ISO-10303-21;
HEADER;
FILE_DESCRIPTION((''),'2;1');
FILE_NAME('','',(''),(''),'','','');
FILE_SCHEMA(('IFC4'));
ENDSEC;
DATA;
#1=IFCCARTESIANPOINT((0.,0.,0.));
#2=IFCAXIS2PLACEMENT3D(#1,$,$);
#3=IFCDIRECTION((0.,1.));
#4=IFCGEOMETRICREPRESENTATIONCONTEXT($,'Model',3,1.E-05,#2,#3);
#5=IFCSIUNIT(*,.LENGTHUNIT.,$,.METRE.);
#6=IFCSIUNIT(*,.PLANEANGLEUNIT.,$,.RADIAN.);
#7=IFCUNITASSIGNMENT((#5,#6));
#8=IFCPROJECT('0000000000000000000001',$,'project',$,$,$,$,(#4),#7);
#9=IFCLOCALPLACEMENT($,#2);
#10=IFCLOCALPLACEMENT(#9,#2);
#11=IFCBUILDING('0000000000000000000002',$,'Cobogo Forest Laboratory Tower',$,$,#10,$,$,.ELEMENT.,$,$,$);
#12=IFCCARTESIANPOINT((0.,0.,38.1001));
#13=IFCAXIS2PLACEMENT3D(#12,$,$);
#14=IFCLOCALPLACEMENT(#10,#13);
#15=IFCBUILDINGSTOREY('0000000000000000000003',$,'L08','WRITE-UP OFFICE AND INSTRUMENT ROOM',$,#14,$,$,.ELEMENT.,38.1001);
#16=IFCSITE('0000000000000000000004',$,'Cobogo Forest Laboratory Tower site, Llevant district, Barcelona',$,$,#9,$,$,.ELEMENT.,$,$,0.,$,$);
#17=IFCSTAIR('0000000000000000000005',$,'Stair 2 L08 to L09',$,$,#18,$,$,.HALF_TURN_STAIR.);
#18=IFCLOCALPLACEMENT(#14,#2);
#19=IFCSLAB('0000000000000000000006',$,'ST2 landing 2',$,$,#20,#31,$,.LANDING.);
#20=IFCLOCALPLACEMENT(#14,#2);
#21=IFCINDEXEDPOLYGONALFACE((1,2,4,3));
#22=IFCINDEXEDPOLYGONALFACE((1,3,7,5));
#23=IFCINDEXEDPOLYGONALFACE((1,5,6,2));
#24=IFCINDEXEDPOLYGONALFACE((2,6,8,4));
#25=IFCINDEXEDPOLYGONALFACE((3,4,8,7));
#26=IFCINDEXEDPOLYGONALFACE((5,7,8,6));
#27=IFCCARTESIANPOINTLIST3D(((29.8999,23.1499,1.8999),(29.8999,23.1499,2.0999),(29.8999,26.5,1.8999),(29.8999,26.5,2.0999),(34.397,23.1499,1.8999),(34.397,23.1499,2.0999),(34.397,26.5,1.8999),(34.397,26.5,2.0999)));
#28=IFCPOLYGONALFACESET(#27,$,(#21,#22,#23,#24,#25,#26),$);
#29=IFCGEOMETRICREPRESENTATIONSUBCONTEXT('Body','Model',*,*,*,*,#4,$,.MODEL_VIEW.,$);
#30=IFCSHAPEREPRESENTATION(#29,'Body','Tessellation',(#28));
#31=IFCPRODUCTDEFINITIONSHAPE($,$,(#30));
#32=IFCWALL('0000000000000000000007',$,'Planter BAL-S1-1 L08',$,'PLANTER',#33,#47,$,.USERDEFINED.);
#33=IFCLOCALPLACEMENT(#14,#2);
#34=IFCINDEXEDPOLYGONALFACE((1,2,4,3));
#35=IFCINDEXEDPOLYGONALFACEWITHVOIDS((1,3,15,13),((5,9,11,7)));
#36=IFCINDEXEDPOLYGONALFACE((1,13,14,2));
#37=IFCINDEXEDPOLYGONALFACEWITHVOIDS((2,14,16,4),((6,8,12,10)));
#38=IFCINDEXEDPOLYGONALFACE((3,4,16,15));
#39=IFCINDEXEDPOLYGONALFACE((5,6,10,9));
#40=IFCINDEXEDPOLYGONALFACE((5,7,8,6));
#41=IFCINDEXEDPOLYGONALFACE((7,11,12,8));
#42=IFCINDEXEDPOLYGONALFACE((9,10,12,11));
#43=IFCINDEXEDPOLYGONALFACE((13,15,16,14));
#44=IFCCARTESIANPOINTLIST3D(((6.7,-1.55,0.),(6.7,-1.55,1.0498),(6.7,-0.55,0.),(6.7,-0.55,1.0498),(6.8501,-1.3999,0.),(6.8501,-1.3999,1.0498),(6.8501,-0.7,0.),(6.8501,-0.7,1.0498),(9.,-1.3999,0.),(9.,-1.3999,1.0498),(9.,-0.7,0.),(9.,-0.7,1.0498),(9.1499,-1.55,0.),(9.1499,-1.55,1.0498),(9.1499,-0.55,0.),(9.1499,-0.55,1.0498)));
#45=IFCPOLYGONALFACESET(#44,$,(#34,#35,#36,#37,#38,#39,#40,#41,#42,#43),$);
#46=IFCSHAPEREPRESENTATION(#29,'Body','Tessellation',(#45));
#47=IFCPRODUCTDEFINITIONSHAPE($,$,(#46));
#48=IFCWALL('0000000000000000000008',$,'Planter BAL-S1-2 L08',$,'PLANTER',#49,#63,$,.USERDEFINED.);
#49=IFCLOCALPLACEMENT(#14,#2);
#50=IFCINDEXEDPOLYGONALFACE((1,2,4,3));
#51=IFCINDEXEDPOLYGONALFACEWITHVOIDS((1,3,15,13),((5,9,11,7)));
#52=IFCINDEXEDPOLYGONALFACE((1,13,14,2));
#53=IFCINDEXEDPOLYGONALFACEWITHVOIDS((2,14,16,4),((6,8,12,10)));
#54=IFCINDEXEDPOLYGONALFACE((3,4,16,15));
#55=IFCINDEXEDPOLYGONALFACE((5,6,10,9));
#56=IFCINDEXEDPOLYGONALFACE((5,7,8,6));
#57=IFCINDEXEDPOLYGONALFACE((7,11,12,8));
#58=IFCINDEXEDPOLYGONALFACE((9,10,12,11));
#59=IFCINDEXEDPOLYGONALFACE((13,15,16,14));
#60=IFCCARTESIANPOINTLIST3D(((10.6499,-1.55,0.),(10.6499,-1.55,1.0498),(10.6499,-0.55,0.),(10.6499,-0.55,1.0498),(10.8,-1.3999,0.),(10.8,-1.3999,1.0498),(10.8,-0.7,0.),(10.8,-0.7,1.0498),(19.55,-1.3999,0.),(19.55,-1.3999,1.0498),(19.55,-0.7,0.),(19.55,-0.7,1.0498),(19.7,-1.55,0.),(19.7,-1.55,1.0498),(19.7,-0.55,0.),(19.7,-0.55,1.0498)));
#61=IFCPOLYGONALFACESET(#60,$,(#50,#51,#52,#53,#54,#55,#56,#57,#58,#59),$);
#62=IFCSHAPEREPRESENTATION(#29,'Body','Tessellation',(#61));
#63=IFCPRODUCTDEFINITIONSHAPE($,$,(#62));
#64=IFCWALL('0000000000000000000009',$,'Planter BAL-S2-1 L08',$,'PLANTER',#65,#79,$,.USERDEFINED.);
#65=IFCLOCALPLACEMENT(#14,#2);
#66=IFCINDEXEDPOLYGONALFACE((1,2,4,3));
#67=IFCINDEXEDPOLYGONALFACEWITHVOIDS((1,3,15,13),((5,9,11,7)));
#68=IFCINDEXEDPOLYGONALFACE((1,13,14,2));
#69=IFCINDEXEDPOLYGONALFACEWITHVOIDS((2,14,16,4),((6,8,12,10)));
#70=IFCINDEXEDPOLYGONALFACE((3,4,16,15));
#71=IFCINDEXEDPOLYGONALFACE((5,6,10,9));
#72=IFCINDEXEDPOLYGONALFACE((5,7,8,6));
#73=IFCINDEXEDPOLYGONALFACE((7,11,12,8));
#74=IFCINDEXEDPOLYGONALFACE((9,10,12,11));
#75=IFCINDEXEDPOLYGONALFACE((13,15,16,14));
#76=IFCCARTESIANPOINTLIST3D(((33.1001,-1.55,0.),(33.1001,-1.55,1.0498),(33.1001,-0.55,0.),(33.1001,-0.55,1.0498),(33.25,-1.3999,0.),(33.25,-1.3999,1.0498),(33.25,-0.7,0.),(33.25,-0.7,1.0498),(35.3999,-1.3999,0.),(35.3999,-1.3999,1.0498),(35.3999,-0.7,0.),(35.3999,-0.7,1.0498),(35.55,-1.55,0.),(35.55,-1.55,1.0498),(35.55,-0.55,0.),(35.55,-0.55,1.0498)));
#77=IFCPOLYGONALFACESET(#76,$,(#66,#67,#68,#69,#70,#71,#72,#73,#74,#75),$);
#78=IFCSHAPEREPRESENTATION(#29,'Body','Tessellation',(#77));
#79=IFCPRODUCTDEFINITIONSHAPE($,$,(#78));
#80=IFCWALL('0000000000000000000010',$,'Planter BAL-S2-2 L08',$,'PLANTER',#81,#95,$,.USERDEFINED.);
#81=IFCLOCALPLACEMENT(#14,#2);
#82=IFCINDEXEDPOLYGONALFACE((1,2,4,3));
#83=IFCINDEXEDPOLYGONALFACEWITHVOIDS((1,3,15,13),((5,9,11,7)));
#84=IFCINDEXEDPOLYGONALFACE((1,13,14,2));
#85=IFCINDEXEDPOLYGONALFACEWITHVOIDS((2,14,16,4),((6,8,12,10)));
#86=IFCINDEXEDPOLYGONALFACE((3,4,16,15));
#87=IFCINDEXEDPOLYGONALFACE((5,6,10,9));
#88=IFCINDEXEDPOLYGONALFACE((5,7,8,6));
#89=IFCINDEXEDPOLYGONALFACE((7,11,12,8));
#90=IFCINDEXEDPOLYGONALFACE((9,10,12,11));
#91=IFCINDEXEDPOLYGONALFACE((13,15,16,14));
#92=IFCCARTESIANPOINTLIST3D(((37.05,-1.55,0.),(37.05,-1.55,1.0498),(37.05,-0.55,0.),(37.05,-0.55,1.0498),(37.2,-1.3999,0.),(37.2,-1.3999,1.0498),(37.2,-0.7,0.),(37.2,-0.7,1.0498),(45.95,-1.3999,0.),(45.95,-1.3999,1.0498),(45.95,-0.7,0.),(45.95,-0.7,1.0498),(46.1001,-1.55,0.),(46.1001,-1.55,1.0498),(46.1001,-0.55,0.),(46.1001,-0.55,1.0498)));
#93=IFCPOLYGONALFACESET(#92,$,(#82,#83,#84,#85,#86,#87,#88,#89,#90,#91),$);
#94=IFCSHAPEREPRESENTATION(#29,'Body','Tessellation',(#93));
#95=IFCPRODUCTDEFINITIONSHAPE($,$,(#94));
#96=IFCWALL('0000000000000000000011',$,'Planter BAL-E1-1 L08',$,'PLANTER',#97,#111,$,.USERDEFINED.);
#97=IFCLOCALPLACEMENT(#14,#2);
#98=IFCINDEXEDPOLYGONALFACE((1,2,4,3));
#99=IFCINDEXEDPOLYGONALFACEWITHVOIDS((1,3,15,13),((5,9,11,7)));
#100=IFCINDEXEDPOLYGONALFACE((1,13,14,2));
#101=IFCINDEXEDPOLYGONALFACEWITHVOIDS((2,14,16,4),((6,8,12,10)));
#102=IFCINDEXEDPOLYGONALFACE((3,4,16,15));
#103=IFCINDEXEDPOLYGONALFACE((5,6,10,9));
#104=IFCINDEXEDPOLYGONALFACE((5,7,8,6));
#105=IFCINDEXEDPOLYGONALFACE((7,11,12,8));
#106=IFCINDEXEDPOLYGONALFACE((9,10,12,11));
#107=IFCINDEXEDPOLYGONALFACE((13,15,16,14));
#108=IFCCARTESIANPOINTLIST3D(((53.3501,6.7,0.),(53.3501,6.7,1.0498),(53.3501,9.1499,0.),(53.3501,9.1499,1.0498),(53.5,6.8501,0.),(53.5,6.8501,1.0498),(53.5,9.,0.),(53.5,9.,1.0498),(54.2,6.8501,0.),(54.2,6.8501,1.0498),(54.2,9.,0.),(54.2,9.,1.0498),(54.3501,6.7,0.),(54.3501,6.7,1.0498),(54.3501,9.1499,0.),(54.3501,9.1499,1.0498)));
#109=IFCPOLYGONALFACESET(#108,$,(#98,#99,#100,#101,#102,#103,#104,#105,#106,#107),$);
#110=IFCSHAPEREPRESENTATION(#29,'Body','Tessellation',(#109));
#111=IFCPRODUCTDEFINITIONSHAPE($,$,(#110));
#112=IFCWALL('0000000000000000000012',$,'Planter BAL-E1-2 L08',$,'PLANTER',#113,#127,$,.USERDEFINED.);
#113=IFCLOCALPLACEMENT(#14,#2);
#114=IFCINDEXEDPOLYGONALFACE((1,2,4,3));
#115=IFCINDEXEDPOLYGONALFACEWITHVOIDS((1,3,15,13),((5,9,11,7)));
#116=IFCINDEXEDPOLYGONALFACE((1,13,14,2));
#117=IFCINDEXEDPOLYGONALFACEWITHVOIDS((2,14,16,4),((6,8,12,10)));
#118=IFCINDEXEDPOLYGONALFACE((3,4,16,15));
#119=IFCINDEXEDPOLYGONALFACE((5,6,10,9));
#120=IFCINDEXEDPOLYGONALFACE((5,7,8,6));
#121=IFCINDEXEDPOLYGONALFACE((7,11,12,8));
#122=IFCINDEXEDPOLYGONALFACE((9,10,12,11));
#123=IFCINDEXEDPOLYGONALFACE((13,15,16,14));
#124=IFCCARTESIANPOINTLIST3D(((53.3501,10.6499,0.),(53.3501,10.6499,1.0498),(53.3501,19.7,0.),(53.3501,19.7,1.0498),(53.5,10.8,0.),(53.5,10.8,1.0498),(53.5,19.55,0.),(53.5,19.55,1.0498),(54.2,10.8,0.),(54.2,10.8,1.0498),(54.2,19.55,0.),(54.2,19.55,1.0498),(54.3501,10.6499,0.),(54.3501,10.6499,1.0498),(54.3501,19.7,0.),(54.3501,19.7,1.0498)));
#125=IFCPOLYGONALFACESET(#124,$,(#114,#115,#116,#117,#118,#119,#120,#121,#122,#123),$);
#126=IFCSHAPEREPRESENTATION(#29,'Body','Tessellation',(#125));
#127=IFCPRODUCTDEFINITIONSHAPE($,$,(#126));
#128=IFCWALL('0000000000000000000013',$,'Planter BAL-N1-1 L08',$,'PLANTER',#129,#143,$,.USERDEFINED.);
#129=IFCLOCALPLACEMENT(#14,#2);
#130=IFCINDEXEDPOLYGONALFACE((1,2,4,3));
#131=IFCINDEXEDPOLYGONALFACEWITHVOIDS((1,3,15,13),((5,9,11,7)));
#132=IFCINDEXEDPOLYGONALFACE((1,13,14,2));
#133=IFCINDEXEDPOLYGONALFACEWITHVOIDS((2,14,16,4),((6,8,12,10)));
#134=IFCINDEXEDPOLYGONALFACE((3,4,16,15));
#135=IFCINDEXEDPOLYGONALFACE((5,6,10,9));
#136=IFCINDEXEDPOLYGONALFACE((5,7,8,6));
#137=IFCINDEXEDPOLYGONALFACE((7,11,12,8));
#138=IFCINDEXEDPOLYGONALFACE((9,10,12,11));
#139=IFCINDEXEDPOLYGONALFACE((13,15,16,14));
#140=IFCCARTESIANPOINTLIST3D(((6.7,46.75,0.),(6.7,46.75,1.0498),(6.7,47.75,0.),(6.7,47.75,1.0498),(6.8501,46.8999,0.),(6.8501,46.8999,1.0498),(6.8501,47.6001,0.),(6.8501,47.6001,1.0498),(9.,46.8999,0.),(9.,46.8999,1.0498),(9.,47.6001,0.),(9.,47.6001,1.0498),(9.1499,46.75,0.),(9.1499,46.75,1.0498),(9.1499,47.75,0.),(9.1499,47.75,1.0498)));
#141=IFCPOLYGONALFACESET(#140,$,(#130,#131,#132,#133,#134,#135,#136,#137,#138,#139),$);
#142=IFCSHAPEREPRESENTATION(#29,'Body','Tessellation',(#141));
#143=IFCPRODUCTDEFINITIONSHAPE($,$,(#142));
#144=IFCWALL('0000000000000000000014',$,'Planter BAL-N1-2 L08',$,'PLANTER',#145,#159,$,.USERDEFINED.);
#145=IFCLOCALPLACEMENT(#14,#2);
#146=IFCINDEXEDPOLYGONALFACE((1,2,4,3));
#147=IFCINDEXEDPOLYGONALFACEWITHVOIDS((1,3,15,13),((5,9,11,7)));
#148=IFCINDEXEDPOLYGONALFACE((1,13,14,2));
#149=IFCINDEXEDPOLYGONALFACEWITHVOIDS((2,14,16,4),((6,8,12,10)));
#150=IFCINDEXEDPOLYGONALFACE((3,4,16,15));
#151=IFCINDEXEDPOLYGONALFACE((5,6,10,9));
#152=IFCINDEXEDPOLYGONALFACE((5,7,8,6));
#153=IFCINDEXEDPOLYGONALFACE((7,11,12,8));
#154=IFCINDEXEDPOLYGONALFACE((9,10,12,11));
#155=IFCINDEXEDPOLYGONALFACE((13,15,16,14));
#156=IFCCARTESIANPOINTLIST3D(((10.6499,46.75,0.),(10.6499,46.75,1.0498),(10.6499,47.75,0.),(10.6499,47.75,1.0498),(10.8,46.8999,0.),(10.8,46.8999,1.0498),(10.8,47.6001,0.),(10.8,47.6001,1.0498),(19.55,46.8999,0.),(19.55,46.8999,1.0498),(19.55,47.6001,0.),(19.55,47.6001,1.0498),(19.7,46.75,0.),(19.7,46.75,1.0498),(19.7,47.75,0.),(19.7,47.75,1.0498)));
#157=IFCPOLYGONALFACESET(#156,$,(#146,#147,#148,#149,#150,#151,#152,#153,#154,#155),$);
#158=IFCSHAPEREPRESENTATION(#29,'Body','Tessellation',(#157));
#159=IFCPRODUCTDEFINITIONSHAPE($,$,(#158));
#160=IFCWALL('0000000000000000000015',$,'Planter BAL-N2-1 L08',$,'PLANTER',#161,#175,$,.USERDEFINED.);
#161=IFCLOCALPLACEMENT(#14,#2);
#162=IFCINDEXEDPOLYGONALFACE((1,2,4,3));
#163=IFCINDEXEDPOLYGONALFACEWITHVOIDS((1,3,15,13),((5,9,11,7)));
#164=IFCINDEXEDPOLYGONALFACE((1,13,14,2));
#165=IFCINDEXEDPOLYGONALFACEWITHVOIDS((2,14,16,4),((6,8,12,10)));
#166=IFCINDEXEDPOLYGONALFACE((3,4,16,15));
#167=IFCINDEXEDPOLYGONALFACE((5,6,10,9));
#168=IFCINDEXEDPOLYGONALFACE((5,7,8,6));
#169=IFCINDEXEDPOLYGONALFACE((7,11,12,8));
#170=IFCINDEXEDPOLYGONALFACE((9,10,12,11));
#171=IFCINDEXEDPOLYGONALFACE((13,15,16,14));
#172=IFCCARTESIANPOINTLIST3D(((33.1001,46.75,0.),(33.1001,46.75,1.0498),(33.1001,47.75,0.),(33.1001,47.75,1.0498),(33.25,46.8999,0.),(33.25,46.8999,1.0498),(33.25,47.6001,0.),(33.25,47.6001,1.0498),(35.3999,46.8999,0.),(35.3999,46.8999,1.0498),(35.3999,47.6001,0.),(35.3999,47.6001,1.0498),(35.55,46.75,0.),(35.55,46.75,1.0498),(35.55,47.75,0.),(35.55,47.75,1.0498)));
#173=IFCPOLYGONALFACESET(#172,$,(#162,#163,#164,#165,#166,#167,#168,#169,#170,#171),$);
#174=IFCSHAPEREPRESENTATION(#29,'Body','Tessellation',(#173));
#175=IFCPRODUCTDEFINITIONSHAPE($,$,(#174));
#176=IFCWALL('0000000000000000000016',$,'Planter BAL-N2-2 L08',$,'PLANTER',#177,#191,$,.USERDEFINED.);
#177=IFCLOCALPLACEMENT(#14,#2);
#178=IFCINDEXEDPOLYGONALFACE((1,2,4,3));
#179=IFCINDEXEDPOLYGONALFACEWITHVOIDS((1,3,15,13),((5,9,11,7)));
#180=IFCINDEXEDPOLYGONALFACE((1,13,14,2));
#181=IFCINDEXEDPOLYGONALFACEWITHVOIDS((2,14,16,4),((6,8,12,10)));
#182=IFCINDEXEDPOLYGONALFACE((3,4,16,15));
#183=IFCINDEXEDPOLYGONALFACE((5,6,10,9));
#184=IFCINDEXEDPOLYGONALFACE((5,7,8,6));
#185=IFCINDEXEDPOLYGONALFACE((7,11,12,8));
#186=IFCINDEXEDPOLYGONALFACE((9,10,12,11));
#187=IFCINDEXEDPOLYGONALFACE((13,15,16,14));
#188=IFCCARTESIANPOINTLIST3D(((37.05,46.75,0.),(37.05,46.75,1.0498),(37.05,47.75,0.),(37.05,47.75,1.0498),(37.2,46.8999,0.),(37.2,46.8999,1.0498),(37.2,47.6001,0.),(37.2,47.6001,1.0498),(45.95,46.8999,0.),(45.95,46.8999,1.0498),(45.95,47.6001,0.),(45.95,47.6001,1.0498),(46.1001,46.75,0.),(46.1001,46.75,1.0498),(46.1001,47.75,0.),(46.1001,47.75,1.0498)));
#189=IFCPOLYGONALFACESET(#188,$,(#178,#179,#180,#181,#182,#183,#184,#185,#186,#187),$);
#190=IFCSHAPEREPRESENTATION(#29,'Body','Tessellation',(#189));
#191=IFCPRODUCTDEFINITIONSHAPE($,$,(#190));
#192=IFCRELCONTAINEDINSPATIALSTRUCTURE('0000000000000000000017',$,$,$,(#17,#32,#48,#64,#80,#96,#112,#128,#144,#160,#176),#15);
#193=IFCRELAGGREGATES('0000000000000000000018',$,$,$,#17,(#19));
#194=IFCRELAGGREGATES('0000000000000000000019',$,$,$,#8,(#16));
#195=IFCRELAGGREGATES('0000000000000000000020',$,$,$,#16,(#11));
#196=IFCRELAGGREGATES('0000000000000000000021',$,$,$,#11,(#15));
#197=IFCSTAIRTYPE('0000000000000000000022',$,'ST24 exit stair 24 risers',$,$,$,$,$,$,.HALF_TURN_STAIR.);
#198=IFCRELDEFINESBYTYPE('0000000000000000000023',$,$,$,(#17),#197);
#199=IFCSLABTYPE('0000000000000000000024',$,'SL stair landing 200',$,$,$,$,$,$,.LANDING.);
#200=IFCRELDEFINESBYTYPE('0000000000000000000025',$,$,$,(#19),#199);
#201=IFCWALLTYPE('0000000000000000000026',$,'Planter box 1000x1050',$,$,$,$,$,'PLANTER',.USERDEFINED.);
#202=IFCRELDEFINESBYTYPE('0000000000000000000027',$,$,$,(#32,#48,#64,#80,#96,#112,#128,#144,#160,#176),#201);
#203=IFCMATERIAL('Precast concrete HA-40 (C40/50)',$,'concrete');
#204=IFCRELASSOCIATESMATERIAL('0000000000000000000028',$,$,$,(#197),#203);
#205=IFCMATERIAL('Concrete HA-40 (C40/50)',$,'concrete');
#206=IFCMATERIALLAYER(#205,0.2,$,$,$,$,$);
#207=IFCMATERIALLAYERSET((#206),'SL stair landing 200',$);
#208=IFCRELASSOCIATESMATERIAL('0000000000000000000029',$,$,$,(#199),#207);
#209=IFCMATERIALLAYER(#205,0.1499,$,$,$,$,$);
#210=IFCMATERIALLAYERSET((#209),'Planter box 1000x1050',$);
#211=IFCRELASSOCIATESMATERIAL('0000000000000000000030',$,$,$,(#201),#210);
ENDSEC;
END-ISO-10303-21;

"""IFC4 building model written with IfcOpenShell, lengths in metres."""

from ifc_helpers import new_model, si_unit, direction, frame, origin, place, context, subcontext, project, spatial, polyline, outline, extrude, material, layer, layer_set, type_object, element, aggregate, save


model = new_model("IFC4")

# Units and contexts
model_context = context("Model", 3, precision=1e-05, world=origin(), true_north=direction((0.0, 1.0)))
body_context = subcontext(model_context, "Body", "Model", "MODEL_VIEW")
ifc_project = project(units=[si_unit("LENGTHUNIT", "METRE"), si_unit("PLANEANGLEUNIT", "RADIAN")], contexts=[model_context])

# Site, building, storey
site_placement = place(None, origin())
site = spatial("IfcSite", under=ifc_project, at=site_placement, Name="Cobogo Forest Laboratory Tower site, Llevant district, Barcelona", CompositionType="ELEMENT", RefElevation=0.0)
building_placement = place(site_placement, origin())
building = spatial("IfcBuilding", under=site, at=building_placement, Name="Cobogo Forest Laboratory Tower", CompositionType="ELEMENT")
storey_placement = place(building_placement, frame((0.0, 0.0, 38.1001)))
storey = spatial("IfcBuildingStorey", under=building, at=storey_placement, Name="L08", Description="WRITE-UP OFFICE AND INSTRUMENT ROOM", CompositionType="ELEMENT", Elevation=38.1001)

# Shared definitions
ifc_material_1 = material(Name="Concrete HA-40 (C40/50)", Category="concrete")

# Stair, slab
ifc_material_2 = material(Name="Precast concrete HA-40 (C40/50)", Category="concrete")
stair_type = type_object("IfcStairType", Name="ST24 exit stair 24 risers", PredefinedType="HALF_TURN_STAIR", material=ifc_material_2)
ifc_layer_1 = layer(ifc_material_1, 0.2)
ifc_layer_set_1 = layer_set([ifc_layer_1], Name="SL stair landing 200")
slab_type_1 = type_object("IfcSlabType", Name="SL stair landing 200", PredefinedType="LANDING", material=ifc_layer_set_1)
stair_1_placement = place(storey_placement, origin())
stair_1 = element("IfcStair", 1, at=stair_1_placement, inside=storey, type_object=stair_type, Name="Stair 2 L08 to L09", PredefinedType="HALF_TURN_STAIR")
slab_1_placement = place(storey_placement, frame((0.0, 0.0, 1.8999)))
slab_1 = element("IfcSlab", 2, at=slab_1_placement, type_object=slab_type_1, Name="ST2 landing 2", PredefinedType="LANDING", context=body_context, shape_type="SweptSolid", body=[
    extrude(outline(polyline([(29.8999, 23.1499), (34.397, 23.1499), (34.397, 26.5), (29.8999, 26.5), (29.8999, 23.1499)])), origin(), (0.0, 0.0, 1.0), 0.2),
])
aggregate(stair_1, [slab_1])

# Walls
ifc_layer_2 = layer(ifc_material_1, 0.1499)
ifc_layer_set_2 = layer_set([ifc_layer_2], Name="Planter box 1000x1050")
wall_type = type_object("IfcWallType", Name="Planter box 1000x1050", ElementType="PLANTER", PredefinedType="USERDEFINED", material=ifc_layer_set_2)
wall_1_placement = place(storey_placement, origin())
element("IfcWall", 3, at=wall_1_placement, inside=storey, type_object=wall_type, Name="Planter BAL-S1-1 L08", ObjectType="PLANTER", PredefinedType="USERDEFINED", context=body_context, shape_type="SweptSolid", body=[
    extrude(outline(polyline([(6.7, -1.55), (9.1499, -1.55), (9.1499, -0.55), (6.7, -0.55), (6.7, -1.55)]), holes=[polyline([(6.8501, -1.3999), (9.0, -1.3999), (9.0, -0.7), (6.8501, -0.7), (6.8501, -1.3999)])]), origin(), (0.0, 0.0, 1.0), 1.0498),
])
wall_2_placement = place(storey_placement, origin())
element("IfcWall", 4, at=wall_2_placement, inside=storey, type_object=wall_type, Name="Planter BAL-S1-2 L08", ObjectType="PLANTER", PredefinedType="USERDEFINED", context=body_context, shape_type="SweptSolid", body=[
    extrude(outline(polyline([(10.6499, -1.55), (19.7, -1.55), (19.7, -0.55), (10.6499, -0.55), (10.6499, -1.55)]), holes=[polyline([(10.8, -1.3999), (19.55, -1.3999), (19.55, -0.7), (10.8, -0.7), (10.8, -1.3999)])]), origin(), (0.0, 0.0, 1.0), 1.0498),
])
wall_3_placement = place(storey_placement, origin())
element("IfcWall", 5, at=wall_3_placement, inside=storey, type_object=wall_type, Name="Planter BAL-S2-1 L08", ObjectType="PLANTER", PredefinedType="USERDEFINED", context=body_context, shape_type="SweptSolid", body=[
    extrude(outline(polyline([(33.1001, -1.55), (35.55, -1.55), (35.55, -0.55), (33.1001, -0.55), (33.1001, -1.55)]), holes=[polyline([(33.25, -1.3999), (35.3999, -1.3999), (35.3999, -0.7), (33.25, -0.7), (33.25, -1.3999)])]), origin(), (0.0, 0.0, 1.0), 1.0498),
])
wall_4_placement = place(storey_placement, origin())
element("IfcWall", 6, at=wall_4_placement, inside=storey, type_object=wall_type, Name="Planter BAL-S2-2 L08", ObjectType="PLANTER", PredefinedType="USERDEFINED", context=body_context, shape_type="SweptSolid", body=[
    extrude(outline(polyline([(37.05, -1.55), (46.1001, -1.55), (46.1001, -0.55), (37.05, -0.55), (37.05, -1.55)]), holes=[polyline([(37.2, -1.3999), (45.95, -1.3999), (45.95, -0.7), (37.2, -0.7), (37.2, -1.3999)])]), origin(), (0.0, 0.0, 1.0), 1.0498),
])
wall_5_placement = place(storey_placement, origin())
element("IfcWall", 7, at=wall_5_placement, inside=storey, type_object=wall_type, Name="Planter BAL-E1-1 L08", ObjectType="PLANTER", PredefinedType="USERDEFINED", context=body_context, shape_type="SweptSolid", body=[
    extrude(outline(polyline([(53.3501, 6.7), (54.3501, 6.7), (54.3501, 9.1499), (53.3501, 9.1499), (53.3501, 6.7)]), holes=[polyline([(53.5, 6.8501), (54.2, 6.8501), (54.2, 9.0), (53.5, 9.0), (53.5, 6.8501)])]), origin(), (0.0, 0.0, 1.0), 1.0498),
])
wall_6_placement = place(storey_placement, origin())
element("IfcWall", 8, at=wall_6_placement, inside=storey, type_object=wall_type, Name="Planter BAL-E1-2 L08", ObjectType="PLANTER", PredefinedType="USERDEFINED", context=body_context, shape_type="SweptSolid", body=[
    extrude(outline(polyline([(53.3501, 10.6499), (54.3501, 10.6499), (54.3501, 19.7), (53.3501, 19.7), (53.3501, 10.6499)]), holes=[polyline([(53.5, 10.8), (54.2, 10.8), (54.2, 19.55), (53.5, 19.55), (53.5, 10.8)])]), origin(), (0.0, 0.0, 1.0), 1.0498),
])
wall_7_placement = place(storey_placement, origin())
element("IfcWall", 9, at=wall_7_placement, inside=storey, type_object=wall_type, Name="Planter BAL-N1-1 L08", ObjectType="PLANTER", PredefinedType="USERDEFINED", context=body_context, shape_type="SweptSolid", body=[
    extrude(outline(polyline([(6.7, 46.75), (9.1499, 46.75), (9.1499, 47.75), (6.7, 47.75), (6.7, 46.75)]), holes=[polyline([(6.8501, 46.8999), (9.0, 46.8999), (9.0, 47.6001), (6.8501, 47.6001), (6.8501, 46.8999)])]), origin(), (0.0, 0.0, 1.0), 1.0498),
])
wall_8_placement = place(storey_placement, origin())
element("IfcWall", 10, at=wall_8_placement, inside=storey, type_object=wall_type, Name="Planter BAL-N1-2 L08", ObjectType="PLANTER", PredefinedType="USERDEFINED", context=body_context, shape_type="SweptSolid", body=[
    extrude(outline(polyline([(10.6499, 46.75), (19.7, 46.75), (19.7, 47.75), (10.6499, 47.75), (10.6499, 46.75)]), holes=[polyline([(10.8, 46.8999), (19.55, 46.8999), (19.55, 47.6001), (10.8, 47.6001), (10.8, 46.8999)])]), origin(), (0.0, 0.0, 1.0), 1.0498),
])
wall_9_placement = place(storey_placement, origin())
element("IfcWall", 11, at=wall_9_placement, inside=storey, type_object=wall_type, Name="Planter BAL-N2-1 L08", ObjectType="PLANTER", PredefinedType="USERDEFINED", context=body_context, shape_type="SweptSolid", body=[
    extrude(outline(polyline([(33.1001, 46.75), (35.55, 46.75), (35.55, 47.75), (33.1001, 47.75), (33.1001, 46.75)]), holes=[polyline([(33.25, 46.8999), (35.3999, 46.8999), (35.3999, 47.6001), (33.25, 47.6001), (33.25, 46.8999)])]), origin(), (0.0, 0.0, 1.0), 1.0498),
])
wall_10_placement = place(storey_placement, origin())
element("IfcWall", 12, at=wall_10_placement, inside=storey, type_object=wall_type, Name="Planter BAL-N2-2 L08", ObjectType="PLANTER", PredefinedType="USERDEFINED", context=body_context, shape_type="SweptSolid", body=[
    extrude(outline(polyline([(37.05, 46.75), (46.1001, 46.75), (46.1001, 47.75), (37.05, 47.75), (37.05, 46.75)]), holes=[polyline([(37.2, 46.8999), (45.95, 46.8999), (45.95, 47.6001), (37.2, 47.6001), (37.2, 46.8999)])]), origin(), (0.0, 0.0, 1.0), 1.0498),
])

save(model, "model.ifc")
